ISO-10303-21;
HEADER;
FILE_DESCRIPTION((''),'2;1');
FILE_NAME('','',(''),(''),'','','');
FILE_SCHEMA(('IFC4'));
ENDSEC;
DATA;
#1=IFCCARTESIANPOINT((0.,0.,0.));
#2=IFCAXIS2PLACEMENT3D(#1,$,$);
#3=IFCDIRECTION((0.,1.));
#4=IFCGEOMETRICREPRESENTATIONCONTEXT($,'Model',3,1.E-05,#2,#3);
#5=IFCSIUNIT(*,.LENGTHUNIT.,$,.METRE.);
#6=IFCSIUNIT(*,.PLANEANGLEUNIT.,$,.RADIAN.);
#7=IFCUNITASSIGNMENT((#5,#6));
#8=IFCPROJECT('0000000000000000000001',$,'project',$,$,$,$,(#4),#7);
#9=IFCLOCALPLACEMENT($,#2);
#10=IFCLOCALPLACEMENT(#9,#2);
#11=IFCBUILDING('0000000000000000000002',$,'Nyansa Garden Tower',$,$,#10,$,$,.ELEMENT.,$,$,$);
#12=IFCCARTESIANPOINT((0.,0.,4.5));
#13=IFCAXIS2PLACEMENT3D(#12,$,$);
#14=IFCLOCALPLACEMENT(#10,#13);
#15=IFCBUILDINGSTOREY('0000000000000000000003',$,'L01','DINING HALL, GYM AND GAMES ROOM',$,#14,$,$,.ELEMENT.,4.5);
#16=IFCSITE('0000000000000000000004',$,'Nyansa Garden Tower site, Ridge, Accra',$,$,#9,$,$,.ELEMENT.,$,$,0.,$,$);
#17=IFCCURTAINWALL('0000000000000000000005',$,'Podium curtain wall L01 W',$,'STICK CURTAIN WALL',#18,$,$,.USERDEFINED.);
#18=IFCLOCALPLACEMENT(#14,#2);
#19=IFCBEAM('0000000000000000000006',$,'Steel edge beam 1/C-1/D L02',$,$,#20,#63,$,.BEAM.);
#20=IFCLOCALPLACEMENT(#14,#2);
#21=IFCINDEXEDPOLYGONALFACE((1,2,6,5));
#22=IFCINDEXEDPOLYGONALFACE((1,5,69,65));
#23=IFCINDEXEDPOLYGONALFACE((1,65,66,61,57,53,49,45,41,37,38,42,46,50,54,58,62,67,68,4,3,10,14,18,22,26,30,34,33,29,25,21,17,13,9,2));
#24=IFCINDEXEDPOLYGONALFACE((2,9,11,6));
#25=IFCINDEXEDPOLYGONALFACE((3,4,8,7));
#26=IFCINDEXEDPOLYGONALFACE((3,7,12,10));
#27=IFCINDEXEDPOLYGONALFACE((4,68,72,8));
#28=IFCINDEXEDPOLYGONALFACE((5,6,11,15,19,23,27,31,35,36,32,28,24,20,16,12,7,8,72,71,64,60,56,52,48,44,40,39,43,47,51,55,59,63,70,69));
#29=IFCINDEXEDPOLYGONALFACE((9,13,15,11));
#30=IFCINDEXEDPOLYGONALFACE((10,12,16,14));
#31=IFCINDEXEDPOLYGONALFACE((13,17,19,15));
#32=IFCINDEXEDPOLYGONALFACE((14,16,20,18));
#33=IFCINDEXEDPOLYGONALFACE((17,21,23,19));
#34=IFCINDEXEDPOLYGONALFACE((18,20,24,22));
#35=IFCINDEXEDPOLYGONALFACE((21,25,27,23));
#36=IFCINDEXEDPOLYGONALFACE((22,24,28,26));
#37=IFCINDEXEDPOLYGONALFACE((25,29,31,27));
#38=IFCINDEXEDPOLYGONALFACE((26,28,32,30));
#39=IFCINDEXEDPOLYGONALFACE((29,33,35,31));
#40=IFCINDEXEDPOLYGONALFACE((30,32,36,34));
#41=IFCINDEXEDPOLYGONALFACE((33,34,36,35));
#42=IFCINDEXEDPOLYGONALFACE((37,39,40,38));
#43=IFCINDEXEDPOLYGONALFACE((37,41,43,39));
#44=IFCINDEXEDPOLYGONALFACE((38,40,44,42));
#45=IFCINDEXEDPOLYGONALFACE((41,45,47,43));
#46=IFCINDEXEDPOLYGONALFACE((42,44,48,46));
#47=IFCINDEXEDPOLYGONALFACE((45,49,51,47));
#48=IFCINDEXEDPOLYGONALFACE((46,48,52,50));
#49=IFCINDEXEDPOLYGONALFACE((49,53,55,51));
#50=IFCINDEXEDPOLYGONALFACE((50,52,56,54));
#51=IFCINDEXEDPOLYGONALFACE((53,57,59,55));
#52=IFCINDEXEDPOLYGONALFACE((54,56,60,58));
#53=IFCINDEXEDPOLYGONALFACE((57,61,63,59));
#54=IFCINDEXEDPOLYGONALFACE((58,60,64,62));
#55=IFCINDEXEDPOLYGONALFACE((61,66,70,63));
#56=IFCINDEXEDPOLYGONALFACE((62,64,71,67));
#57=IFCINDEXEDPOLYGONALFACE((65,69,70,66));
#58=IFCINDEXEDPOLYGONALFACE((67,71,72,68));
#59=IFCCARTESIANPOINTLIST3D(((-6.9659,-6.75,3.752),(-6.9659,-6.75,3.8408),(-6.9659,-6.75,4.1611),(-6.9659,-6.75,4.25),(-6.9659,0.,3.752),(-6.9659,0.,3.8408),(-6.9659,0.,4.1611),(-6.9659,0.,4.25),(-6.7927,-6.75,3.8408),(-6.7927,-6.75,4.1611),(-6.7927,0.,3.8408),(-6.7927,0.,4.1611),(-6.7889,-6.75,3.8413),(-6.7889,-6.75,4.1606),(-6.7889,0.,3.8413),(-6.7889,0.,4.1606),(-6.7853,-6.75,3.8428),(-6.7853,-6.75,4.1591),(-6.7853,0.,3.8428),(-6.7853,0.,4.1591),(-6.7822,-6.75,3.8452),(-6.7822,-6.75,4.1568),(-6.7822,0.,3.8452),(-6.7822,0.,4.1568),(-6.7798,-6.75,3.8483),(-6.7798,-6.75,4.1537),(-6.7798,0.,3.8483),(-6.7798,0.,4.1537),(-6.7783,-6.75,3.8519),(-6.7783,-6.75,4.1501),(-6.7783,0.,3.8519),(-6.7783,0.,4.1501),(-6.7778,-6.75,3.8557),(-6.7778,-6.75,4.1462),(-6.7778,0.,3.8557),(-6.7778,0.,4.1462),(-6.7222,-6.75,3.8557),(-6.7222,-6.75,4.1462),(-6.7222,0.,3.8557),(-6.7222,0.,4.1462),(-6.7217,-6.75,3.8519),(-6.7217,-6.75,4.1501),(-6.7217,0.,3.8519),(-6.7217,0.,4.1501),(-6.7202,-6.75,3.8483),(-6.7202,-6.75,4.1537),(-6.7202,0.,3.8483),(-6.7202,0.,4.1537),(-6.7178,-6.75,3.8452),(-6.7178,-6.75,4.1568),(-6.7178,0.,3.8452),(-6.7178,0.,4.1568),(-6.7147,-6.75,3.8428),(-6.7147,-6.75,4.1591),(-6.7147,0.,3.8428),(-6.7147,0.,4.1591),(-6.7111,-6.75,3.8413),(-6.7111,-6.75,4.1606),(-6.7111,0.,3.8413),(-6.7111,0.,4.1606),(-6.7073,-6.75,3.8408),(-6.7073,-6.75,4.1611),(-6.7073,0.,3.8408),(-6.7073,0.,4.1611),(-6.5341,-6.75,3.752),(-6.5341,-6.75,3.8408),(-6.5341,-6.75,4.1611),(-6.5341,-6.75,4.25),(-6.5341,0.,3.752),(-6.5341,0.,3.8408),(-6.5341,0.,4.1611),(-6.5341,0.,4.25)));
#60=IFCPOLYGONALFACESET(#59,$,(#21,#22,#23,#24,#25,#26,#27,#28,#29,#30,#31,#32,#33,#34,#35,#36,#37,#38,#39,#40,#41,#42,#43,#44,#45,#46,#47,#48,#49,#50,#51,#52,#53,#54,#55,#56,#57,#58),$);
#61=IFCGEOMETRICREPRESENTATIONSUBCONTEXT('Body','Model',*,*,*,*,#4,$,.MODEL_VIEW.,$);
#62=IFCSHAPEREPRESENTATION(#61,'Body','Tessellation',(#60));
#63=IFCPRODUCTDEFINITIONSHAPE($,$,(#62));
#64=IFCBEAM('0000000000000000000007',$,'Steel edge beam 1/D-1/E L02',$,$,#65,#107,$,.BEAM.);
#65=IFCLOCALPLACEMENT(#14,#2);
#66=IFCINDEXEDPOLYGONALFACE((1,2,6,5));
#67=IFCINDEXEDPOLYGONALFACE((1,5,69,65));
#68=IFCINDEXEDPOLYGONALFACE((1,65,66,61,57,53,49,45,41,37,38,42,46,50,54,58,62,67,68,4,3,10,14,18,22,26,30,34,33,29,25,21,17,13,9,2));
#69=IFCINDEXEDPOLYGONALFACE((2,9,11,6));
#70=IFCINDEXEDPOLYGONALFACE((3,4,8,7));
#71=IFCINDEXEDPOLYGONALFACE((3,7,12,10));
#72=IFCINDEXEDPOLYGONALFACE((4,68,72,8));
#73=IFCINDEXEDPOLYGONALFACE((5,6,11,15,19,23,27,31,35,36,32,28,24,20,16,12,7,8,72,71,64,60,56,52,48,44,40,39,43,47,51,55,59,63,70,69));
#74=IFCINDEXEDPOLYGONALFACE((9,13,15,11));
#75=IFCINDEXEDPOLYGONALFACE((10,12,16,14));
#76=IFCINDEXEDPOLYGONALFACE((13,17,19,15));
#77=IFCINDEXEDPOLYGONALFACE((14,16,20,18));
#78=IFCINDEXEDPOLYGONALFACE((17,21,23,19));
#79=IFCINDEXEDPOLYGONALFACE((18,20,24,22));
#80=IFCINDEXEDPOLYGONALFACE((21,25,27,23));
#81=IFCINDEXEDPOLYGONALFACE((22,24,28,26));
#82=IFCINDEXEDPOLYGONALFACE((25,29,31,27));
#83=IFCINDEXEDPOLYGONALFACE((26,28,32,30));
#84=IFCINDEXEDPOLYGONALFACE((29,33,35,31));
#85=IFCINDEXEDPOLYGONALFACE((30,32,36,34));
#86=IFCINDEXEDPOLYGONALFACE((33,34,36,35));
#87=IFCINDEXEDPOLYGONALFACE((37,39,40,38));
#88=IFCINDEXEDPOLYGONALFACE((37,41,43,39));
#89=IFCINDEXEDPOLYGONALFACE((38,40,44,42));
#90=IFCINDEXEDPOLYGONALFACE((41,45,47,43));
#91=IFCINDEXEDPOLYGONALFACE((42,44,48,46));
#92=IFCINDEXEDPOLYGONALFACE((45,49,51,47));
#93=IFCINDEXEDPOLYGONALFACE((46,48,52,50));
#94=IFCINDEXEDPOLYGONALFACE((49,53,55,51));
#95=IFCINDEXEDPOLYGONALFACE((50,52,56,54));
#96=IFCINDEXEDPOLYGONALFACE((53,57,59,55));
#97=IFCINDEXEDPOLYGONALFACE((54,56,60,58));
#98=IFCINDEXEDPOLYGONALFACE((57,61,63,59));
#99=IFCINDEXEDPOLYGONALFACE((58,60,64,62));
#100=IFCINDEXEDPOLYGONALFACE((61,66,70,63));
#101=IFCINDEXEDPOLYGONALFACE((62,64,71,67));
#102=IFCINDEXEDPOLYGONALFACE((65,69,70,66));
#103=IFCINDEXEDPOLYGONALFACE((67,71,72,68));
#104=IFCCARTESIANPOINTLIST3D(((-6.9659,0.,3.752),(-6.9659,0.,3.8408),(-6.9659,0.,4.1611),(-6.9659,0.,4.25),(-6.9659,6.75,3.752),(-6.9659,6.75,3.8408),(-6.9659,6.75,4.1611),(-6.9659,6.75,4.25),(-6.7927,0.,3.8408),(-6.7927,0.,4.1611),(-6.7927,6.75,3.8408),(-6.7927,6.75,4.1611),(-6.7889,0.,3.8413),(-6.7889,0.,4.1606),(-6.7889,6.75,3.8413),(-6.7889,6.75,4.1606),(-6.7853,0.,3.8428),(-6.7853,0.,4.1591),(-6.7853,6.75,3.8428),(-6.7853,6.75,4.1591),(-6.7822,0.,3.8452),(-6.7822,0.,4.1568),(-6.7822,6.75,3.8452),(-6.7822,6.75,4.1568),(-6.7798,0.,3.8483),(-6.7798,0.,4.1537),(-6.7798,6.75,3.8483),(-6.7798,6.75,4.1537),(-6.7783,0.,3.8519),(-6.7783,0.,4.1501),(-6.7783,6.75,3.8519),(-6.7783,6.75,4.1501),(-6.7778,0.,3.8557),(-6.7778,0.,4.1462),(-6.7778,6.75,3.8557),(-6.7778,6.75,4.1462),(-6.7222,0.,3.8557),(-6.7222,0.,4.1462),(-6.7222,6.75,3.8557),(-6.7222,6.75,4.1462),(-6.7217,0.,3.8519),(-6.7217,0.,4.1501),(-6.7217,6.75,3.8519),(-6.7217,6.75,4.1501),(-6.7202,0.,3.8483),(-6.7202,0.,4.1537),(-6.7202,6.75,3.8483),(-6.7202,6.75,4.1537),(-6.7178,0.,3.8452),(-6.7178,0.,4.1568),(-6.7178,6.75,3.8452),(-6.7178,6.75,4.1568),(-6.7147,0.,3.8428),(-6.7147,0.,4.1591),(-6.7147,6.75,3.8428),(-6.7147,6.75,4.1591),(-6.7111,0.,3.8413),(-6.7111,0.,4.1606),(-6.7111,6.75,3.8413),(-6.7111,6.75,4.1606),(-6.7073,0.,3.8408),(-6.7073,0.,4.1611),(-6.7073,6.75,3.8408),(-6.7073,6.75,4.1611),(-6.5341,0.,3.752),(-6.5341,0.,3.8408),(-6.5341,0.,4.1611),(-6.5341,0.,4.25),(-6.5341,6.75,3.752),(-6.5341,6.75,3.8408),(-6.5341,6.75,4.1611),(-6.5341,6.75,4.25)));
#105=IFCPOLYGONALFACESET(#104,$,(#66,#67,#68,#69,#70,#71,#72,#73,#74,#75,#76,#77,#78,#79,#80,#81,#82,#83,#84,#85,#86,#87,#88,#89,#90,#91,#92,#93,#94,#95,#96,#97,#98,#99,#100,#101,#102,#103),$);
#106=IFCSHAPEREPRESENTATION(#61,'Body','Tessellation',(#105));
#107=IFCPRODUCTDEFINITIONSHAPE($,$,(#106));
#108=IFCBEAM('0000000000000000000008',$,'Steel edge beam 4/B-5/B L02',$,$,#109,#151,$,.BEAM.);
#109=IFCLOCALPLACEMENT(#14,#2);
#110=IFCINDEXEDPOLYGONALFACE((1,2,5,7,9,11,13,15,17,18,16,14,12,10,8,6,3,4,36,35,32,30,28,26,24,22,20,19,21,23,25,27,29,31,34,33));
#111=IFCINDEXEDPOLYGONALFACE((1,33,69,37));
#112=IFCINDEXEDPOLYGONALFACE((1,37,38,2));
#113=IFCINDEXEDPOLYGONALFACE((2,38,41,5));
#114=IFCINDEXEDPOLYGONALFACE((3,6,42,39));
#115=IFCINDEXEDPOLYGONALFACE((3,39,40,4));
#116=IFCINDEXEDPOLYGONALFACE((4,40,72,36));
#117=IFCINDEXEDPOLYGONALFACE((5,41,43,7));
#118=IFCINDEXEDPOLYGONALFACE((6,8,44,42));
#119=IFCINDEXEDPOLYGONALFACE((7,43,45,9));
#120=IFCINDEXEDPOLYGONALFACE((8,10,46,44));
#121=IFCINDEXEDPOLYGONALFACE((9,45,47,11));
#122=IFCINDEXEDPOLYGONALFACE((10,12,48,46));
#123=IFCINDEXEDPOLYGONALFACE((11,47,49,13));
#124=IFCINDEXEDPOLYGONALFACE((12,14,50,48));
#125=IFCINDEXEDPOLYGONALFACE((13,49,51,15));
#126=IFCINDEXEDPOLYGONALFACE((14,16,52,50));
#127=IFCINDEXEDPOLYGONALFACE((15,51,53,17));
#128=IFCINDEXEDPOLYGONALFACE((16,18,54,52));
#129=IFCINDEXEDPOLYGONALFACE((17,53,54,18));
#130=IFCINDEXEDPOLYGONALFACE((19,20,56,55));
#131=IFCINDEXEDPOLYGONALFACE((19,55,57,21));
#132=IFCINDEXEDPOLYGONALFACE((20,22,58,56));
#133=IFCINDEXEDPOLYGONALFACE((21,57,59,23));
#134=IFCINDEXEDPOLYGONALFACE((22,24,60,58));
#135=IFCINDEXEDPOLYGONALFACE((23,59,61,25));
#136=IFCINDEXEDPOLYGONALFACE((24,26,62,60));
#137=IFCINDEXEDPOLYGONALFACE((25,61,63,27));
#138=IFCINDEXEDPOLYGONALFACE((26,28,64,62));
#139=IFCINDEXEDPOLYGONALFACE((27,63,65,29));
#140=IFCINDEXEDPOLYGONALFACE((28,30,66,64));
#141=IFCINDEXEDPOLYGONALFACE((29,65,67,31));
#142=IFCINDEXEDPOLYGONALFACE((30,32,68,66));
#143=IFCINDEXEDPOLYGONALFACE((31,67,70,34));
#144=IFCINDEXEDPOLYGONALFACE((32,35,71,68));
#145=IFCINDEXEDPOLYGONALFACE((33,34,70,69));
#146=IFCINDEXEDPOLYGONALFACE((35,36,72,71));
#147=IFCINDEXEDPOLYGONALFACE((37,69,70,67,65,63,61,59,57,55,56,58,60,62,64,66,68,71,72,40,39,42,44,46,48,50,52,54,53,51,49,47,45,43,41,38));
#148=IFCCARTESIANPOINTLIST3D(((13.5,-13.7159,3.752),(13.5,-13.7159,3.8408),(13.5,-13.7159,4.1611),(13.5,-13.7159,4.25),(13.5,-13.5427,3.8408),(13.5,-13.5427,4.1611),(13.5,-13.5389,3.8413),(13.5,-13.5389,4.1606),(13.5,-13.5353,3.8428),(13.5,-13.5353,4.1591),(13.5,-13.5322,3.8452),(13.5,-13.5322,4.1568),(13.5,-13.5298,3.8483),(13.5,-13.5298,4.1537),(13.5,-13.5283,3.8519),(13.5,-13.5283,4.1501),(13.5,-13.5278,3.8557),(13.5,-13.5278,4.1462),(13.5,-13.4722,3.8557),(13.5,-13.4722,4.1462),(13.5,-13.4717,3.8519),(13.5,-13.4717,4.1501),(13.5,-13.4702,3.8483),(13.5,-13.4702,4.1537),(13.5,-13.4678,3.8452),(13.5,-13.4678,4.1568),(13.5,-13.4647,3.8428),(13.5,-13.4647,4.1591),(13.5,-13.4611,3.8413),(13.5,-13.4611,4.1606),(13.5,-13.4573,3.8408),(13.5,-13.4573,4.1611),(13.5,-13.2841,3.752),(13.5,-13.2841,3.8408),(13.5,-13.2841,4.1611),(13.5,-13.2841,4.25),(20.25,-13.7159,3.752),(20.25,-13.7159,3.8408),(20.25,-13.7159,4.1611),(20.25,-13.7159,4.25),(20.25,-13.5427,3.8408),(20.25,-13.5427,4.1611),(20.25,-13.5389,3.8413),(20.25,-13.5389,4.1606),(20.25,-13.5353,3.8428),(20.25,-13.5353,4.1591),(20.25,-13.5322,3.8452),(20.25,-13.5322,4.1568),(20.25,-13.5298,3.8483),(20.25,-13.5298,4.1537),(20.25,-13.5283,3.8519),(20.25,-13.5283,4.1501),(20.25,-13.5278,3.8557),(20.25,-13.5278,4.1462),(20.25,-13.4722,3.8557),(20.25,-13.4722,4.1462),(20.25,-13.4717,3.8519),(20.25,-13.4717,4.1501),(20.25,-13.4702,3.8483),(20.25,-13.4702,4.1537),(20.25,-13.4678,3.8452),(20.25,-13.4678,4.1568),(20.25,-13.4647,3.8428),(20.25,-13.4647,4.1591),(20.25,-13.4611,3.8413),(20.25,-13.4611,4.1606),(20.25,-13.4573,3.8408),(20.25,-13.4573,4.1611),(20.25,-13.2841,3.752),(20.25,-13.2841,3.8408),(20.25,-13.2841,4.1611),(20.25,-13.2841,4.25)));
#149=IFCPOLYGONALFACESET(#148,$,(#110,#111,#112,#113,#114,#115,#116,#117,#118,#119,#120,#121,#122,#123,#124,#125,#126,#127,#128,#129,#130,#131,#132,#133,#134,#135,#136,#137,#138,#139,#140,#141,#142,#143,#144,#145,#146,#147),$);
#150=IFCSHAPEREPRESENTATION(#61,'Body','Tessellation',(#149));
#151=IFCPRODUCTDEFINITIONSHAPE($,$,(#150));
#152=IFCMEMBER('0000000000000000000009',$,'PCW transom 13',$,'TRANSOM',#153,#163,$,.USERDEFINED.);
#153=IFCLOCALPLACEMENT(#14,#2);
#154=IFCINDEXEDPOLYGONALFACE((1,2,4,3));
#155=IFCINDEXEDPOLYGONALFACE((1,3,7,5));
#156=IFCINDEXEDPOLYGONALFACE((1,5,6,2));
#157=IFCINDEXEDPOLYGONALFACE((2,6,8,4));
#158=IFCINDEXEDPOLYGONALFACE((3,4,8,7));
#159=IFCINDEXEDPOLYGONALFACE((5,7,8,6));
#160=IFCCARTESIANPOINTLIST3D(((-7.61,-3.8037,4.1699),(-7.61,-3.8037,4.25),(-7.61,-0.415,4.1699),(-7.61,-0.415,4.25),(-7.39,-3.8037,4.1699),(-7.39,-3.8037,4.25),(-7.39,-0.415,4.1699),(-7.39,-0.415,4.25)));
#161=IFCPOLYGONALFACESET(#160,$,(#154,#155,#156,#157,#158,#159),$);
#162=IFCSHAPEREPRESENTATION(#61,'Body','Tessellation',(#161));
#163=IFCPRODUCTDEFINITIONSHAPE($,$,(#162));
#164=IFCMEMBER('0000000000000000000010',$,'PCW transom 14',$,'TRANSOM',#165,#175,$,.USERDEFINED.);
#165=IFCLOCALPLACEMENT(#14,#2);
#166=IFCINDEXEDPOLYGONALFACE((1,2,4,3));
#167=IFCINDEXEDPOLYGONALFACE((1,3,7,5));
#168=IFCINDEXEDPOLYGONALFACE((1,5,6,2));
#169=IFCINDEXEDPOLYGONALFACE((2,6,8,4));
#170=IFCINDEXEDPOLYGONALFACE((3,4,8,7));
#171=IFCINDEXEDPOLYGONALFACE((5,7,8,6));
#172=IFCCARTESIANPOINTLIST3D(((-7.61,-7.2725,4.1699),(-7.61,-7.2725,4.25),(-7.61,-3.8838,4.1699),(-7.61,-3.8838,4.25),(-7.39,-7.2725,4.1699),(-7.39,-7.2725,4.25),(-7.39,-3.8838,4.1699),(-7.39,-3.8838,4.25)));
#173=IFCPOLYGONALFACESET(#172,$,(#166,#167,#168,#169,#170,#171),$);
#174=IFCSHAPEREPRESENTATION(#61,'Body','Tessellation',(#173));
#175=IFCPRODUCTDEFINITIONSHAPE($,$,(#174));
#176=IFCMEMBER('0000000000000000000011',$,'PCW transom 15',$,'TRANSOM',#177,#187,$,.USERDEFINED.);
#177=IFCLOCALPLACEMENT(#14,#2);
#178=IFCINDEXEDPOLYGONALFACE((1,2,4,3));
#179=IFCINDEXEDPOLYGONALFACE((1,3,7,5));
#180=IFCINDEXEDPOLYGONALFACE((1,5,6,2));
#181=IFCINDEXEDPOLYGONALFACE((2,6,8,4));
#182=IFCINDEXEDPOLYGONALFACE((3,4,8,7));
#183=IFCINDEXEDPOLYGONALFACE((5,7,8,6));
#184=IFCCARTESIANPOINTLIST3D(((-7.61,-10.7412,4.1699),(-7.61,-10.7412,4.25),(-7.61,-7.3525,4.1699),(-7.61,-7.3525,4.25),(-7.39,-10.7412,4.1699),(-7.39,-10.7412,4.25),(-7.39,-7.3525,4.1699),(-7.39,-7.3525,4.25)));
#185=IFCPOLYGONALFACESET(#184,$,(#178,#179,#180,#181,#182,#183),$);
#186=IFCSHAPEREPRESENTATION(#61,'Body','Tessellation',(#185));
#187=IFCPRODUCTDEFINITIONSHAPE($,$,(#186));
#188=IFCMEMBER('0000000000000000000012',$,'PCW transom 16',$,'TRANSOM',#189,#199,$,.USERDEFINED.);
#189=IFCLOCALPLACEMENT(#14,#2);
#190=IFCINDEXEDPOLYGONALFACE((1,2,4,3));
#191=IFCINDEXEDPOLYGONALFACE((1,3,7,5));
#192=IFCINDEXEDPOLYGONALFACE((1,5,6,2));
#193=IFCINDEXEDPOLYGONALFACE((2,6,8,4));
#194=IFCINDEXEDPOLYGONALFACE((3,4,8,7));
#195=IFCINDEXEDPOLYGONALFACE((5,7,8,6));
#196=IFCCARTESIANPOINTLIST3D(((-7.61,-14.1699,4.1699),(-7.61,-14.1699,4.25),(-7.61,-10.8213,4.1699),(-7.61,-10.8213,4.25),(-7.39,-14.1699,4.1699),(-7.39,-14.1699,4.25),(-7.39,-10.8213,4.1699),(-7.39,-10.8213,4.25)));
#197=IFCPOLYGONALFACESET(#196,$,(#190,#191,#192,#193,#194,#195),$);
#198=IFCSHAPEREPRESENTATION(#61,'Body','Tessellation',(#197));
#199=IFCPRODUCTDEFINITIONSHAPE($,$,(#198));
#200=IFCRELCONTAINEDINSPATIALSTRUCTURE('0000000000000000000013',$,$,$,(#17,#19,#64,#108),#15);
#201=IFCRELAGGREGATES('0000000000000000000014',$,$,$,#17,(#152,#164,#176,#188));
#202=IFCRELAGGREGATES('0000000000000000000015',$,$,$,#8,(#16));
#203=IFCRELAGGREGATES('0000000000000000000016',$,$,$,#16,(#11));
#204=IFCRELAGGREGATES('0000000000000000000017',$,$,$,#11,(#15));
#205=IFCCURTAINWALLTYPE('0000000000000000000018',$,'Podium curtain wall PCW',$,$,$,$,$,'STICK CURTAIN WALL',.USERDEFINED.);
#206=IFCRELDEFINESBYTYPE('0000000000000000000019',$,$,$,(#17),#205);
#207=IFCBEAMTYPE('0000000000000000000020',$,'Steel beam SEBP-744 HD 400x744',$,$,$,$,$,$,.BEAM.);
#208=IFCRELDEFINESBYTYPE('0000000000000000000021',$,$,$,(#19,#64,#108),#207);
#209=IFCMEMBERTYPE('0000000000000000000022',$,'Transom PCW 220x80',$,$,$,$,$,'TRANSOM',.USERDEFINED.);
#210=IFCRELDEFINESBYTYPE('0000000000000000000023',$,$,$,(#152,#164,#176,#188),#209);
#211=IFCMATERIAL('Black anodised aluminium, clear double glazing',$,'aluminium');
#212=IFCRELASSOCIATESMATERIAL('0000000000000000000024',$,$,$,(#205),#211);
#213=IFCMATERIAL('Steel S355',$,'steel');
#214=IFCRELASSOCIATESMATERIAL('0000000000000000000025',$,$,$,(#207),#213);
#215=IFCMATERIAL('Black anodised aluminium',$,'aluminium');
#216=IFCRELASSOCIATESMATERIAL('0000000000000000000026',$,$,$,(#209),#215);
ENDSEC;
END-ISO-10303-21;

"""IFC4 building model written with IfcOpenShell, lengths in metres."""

from ifc_helpers import new_model, si_unit, direction, frame, origin, origin_2d, place, context, subcontext, project, spatial, rectangle, i_section, extrude, material, material_profile, profile_set, type_object, element, aggregate, save


model = new_model("IFC4")

# Units and contexts
model_context = context("Model", 3, precision=1e-05, world=origin(), true_north=direction((0.0, 1.0)))
body_context = subcontext(model_context, "Body", "Model", "MODEL_VIEW")
ifc_project = project(units=[si_unit("LENGTHUNIT", "METRE"), si_unit("PLANEANGLEUNIT", "RADIAN")], contexts=[model_context])

# Site, building, storey
site_placement = place(None, origin())
site = spatial("IfcSite", under=ifc_project, at=site_placement, Name="Nyansa Garden Tower site, Ridge, Accra", CompositionType="ELEMENT", RefElevation=0.0)
building_placement = place(site_placement, origin())
building = spatial("IfcBuilding", under=site, at=building_placement, Name="Nyansa Garden Tower", CompositionType="ELEMENT")
storey_placement = place(building_placement, frame((0.0, 0.0, 4.5)))
storey = spatial("IfcBuildingStorey", under=building, at=storey_placement, Name="L01", Description="DINING HALL, GYM AND GAMES ROOM", CompositionType="ELEMENT", Elevation=4.5)

# Curtain wall
ifc_material_1 = material(Name="Black anodised aluminium, clear double glazing", Category="aluminium")
curtain_wall_type = type_object("IfcCurtainWallType", Name="Podium curtain wall PCW", ElementType="STICK CURTAIN WALL", PredefinedType="USERDEFINED", material=ifc_material_1)
curtain_wall_placement = place(storey_placement, origin())
curtain_wall = element("IfcCurtainWall", 1, at=curtain_wall_placement, inside=storey, type_object=curtain_wall_type, Name="Podium curtain wall L01 W", ObjectType="STICK CURTAIN WALL", PredefinedType="USERDEFINED")

# Beams
ifc_material_2 = material(Name="Steel S355", Category="steel")
ifc_material_profile_1 = material_profile(ifc_material_2, i_section(OverallWidth=0.4319, OverallDepth=0.498, WebThickness=0.0557, FlangeThickness=0.0889, FilletRadius=0.0149, at=origin_2d()), Name="HD 400x744")
ifc_profile_set_1 = profile_set([ifc_material_profile_1], Name="Steel S355")
beam_type_1 = type_object("IfcBeamType", Name="Steel beam SEBP-744 HD 400x744", PredefinedType="BEAM", material=ifc_profile_set_1)
for number, where, z_axis, x_axis, name in (
    (2, (-6.75, -6.75, 4.001), (0.0, 1.0, 0.0), (-1.0, 0.0, 0.0), "Steel edge beam 1/C-1/D L02"),
    (3, (-6.75, 0.0, 4.001), (0.0, 1.0, 0.0), (-1.0, 0.0, 0.0), "Steel edge beam 1/D-1/E L02"),
    (4, (13.5, -13.5, 4.001), (1.0, 0.0, 0.0), (0.0, 1.0, 0.0), "Steel edge beam 4/B-5/B L02"),
):
    element("IfcBeam", number, at=place(storey_placement, frame(where, z_axis=z_axis, x_axis=x_axis)), inside=storey, type_object=beam_type_1, Name=name, PredefinedType="BEAM", context=body_context, shape_type="SweptSolid", body=[
        extrude(i_section(OverallWidth=0.4319, OverallDepth=0.498, WebThickness=0.0557, FlangeThickness=0.0889, FilletRadius=0.0149, at=origin_2d()), origin(), (0.0, 0.0, 1.0), 6.75),
    ])

# Members
ifc_material_3 = material(Name="Black anodised aluminium", Category="aluminium")
ifc_material_profile_2 = material_profile(ifc_material_3, rectangle(XDim=0.22, YDim=0.0801, at=origin_2d()), Name="Transom 220x80")
ifc_profile_set_2 = profile_set([ifc_material_profile_2], Name="Black anodised aluminium")
member_type_1 = type_object("IfcMemberType", Name="Transom PCW 220x80", ElementType="TRANSOM", PredefinedType="USERDEFINED", material=ifc_profile_set_2)
member_1_placement = place(storey_placement, frame((-7.5, -0.415, 4.21), z_axis=(0.0, -1.0, 0.0), x_axis=(1.0, 0.0, 0.0)))
member_1 = element("IfcMember", 5, at=member_1_placement, type_object=member_type_1, Name="PCW transom 13", ObjectType="TRANSOM", PredefinedType="USERDEFINED", context=body_context, shape_type="SweptSolid", body=[
    extrude(rectangle(XDim=0.22, YDim=0.0801, at=origin_2d()), origin(), (0.0, 0.0, 1.0), 3.3887),
])
member_2_placement = place(storey_placement, frame((-7.5, -3.8838, 4.21), z_axis=(0.0, -1.0, 0.0), x_axis=(1.0, 0.0, 0.0)))
member_2 = element("IfcMember", 6, at=member_2_placement, type_object=member_type_1, Name="PCW transom 14", ObjectType="TRANSOM", PredefinedType="USERDEFINED", context=body_context, shape_type="SweptSolid", body=[
    extrude(rectangle(XDim=0.22, YDim=0.0801, at=origin_2d()), origin(), (0.0, 0.0, 1.0), 3.3887),
])
member_3_placement = place(storey_placement, frame((-7.5, -7.3525, 4.21), z_axis=(0.0, -1.0, 0.0), x_axis=(1.0, 0.0, 0.0)))
member_3 = element("IfcMember", 7, at=member_3_placement, type_object=member_type_1, Name="PCW transom 15", ObjectType="TRANSOM", PredefinedType="USERDEFINED", context=body_context, shape_type="SweptSolid", body=[
    extrude(rectangle(XDim=0.22, YDim=0.0801, at=origin_2d()), origin(), (0.0, 0.0, 1.0), 3.3887),
])
member_4_placement = place(storey_placement, frame((-7.5, -10.8213, 4.21), z_axis=(0.0, -1.0, 0.0), x_axis=(1.0, 0.0, 0.0)))
member_4 = element("IfcMember", 8, at=member_4_placement, type_object=member_type_1, Name="PCW transom 16", ObjectType="TRANSOM", PredefinedType="USERDEFINED", context=body_context, shape_type="SweptSolid", body=[
    extrude(rectangle(XDim=0.22, YDim=0.0801, at=origin_2d()), origin(), (0.0, 0.0, 1.0), 3.3486),
])

aggregate(curtain_wall, [member_1, member_2, member_3, member_4])

save(model, "model.ifc")
